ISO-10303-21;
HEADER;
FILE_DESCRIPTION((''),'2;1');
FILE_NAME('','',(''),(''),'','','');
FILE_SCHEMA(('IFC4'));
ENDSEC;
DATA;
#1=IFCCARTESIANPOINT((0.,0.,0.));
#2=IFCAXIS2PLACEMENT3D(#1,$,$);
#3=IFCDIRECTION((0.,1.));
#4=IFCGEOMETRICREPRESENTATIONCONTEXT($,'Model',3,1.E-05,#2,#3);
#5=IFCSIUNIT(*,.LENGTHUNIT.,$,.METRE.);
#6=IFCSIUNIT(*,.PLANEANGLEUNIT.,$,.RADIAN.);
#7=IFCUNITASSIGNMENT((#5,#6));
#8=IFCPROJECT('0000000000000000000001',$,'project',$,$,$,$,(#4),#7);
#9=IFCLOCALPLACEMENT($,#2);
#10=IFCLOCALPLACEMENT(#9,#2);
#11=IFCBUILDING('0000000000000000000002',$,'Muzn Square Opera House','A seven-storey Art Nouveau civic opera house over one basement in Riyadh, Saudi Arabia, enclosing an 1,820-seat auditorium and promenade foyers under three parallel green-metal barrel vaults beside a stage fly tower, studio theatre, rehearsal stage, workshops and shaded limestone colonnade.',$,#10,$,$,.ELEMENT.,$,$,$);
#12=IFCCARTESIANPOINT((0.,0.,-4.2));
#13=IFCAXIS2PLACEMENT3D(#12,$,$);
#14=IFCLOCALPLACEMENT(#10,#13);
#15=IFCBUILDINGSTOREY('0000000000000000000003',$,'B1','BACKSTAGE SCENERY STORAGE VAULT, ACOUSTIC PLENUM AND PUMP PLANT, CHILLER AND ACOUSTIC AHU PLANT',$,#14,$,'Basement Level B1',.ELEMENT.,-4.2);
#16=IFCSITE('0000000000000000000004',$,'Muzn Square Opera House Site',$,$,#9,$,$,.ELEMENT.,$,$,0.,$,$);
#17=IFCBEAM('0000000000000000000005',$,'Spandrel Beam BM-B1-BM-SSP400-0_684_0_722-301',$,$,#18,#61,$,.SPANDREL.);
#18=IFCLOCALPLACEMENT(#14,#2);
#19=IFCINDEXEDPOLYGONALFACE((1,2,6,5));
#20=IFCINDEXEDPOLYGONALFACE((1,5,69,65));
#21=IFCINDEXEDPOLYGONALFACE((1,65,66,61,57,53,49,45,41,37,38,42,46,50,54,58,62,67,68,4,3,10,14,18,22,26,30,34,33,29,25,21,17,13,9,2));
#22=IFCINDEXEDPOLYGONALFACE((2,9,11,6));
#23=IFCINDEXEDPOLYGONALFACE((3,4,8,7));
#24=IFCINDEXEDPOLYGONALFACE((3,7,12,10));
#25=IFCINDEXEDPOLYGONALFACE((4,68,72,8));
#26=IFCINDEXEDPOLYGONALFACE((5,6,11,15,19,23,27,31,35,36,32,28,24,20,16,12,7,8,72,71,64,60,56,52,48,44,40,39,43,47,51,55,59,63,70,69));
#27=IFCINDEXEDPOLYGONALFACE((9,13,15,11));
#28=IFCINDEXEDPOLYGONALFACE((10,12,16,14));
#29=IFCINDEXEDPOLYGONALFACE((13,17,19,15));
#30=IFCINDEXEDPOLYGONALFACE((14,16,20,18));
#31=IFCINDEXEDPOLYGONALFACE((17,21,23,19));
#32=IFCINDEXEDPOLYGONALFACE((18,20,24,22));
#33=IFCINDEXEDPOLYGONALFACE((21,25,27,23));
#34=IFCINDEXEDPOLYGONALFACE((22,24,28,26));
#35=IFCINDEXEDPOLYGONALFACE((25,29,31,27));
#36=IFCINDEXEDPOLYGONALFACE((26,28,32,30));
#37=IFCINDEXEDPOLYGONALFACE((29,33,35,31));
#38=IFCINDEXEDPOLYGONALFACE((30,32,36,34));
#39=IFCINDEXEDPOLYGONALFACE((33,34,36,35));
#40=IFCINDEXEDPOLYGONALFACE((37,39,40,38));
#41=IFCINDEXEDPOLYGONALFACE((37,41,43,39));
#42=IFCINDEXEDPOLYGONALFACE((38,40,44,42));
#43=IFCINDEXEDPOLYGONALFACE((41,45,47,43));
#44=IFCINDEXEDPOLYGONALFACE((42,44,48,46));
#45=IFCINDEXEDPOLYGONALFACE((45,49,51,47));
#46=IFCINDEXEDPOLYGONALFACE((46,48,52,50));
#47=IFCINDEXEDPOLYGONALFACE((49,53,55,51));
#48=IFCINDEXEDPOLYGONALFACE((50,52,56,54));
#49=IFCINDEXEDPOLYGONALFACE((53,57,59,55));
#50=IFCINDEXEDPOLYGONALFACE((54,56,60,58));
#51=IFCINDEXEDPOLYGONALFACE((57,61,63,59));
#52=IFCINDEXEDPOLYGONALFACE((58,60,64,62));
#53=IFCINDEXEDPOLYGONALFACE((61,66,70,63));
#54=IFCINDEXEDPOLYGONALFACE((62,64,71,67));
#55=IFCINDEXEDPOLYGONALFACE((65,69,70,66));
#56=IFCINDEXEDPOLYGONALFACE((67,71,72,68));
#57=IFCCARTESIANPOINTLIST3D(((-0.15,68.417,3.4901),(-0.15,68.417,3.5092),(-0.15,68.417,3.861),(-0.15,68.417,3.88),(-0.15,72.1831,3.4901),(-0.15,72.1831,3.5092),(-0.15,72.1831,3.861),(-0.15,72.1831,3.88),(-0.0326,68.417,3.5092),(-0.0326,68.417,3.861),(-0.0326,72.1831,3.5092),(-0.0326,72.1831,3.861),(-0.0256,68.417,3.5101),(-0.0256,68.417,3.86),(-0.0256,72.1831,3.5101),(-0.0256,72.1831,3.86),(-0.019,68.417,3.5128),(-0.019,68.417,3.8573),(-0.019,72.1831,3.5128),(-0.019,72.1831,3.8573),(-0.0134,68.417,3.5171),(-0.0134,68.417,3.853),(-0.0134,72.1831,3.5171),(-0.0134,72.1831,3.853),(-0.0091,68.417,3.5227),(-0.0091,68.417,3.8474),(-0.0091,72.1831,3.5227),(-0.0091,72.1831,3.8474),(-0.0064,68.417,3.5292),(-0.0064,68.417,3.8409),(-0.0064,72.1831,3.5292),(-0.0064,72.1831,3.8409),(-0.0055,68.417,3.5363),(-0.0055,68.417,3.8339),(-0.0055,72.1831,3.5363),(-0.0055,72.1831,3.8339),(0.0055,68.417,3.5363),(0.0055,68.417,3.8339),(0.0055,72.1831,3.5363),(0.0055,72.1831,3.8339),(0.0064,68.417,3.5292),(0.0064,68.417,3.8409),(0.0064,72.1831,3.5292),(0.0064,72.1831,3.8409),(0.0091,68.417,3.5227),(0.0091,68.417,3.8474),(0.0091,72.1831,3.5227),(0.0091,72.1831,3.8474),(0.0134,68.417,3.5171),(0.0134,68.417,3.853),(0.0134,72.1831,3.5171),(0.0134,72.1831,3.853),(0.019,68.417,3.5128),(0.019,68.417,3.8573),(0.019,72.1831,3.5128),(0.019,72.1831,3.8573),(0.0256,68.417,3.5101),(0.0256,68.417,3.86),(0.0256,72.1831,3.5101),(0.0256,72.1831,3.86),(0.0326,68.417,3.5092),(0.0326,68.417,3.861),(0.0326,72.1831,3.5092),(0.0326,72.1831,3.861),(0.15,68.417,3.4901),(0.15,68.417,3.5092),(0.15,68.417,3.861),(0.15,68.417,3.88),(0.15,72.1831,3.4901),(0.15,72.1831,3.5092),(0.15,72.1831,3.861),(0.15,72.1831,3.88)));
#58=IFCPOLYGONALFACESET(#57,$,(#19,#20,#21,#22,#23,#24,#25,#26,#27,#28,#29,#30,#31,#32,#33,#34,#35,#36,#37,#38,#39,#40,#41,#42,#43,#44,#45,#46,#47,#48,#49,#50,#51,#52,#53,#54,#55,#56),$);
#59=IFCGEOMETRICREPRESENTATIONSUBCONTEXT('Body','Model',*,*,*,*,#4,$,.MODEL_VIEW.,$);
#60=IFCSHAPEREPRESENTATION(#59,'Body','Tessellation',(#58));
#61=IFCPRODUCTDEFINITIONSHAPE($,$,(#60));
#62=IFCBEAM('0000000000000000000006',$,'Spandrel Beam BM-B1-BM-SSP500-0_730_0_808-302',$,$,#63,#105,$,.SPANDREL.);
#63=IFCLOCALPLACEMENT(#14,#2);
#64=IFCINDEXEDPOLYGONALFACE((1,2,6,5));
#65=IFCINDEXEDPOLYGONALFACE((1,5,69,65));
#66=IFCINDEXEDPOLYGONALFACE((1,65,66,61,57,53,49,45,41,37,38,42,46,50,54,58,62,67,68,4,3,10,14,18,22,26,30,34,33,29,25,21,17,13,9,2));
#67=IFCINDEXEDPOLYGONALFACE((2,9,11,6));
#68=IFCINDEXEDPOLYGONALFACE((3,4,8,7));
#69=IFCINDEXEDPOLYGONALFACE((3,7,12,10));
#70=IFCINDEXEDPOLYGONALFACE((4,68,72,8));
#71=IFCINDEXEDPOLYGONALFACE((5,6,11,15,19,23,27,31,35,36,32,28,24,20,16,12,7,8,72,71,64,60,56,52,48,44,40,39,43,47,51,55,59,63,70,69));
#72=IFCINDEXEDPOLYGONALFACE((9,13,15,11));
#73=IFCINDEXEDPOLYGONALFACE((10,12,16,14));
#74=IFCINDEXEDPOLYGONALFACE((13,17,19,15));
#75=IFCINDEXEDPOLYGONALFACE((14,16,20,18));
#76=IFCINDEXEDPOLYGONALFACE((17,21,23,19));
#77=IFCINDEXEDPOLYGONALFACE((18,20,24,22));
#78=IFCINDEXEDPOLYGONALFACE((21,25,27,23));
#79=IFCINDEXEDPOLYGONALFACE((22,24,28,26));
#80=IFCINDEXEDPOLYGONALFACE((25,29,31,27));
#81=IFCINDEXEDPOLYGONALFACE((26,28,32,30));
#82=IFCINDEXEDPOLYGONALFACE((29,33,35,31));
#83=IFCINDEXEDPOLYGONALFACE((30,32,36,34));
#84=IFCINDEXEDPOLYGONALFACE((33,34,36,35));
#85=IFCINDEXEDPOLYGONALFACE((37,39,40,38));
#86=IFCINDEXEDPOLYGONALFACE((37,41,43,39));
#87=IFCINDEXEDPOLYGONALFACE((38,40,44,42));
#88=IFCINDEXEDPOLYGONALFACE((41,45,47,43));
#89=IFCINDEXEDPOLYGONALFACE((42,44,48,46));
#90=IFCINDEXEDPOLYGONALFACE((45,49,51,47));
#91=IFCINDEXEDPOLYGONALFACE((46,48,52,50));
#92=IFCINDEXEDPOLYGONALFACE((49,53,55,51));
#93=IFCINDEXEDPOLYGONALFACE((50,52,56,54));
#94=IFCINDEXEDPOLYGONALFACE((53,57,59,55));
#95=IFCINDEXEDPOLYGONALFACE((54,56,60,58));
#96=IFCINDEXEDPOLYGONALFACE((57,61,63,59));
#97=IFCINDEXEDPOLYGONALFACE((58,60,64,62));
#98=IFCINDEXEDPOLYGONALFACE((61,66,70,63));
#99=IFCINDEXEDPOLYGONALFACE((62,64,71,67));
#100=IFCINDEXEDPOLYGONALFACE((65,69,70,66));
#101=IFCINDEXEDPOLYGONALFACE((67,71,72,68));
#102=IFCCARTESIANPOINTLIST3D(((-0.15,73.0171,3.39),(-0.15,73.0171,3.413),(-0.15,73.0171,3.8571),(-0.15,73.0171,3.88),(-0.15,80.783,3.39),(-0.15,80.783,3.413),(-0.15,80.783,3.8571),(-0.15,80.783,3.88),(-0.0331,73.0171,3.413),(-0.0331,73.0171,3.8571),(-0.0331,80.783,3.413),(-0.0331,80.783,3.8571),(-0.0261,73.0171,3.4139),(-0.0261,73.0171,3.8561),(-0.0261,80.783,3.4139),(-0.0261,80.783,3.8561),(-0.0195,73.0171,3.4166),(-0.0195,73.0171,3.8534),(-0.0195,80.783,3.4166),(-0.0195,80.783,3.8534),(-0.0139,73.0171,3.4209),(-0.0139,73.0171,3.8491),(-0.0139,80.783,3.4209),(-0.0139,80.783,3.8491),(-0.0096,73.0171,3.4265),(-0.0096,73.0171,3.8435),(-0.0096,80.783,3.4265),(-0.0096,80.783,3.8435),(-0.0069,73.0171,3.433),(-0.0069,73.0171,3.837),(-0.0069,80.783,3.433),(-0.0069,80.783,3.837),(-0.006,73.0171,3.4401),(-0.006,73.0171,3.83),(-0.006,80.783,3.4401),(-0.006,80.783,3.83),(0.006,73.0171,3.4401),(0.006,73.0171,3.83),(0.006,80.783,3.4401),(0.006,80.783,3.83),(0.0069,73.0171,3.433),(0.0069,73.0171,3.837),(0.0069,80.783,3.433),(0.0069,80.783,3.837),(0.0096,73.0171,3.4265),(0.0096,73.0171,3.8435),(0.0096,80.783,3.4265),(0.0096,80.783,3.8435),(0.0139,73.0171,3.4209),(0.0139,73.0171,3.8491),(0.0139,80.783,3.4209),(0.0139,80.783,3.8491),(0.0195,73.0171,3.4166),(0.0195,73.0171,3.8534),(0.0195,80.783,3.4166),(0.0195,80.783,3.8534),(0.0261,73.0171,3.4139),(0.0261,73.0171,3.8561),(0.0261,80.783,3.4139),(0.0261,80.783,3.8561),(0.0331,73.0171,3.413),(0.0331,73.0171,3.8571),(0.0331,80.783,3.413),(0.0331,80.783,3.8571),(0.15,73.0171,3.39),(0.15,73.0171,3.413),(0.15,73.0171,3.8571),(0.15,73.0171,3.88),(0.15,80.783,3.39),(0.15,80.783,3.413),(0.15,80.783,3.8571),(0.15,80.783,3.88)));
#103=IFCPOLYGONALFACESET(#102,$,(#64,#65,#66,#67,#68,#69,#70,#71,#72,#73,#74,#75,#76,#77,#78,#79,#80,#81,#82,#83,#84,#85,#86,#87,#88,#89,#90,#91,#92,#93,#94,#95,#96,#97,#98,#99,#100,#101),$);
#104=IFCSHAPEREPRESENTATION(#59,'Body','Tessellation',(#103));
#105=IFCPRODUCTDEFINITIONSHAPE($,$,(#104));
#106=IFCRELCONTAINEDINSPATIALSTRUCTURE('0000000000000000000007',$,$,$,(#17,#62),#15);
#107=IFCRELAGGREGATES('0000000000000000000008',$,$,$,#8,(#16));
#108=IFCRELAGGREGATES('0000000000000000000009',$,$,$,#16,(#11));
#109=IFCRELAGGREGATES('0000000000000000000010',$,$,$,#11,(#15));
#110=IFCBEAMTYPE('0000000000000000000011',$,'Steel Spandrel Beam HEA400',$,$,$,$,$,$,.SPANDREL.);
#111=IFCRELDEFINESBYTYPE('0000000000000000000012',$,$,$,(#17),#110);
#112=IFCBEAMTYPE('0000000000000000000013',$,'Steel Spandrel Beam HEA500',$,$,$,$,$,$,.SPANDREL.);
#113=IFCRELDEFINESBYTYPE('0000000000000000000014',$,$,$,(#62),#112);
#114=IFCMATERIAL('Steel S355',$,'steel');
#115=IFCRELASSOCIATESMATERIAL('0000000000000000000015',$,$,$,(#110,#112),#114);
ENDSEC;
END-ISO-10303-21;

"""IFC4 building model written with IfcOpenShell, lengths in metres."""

from ifc_helpers import new_model, si_unit, direction, frame, origin, origin_2d, place, context, subcontext, project, spatial, i_section, extrude, material, material_profile, profile_set, type_object, element, save


model = new_model("IFC4")

# Units and contexts
model_context = context("Model", 3, precision=1e-05, world=origin(), true_north=direction((0.0, 1.0)))
body_context = subcontext(model_context, "Body", "Model", "MODEL_VIEW")
ifc_project = project(units=[si_unit("LENGTHUNIT", "METRE"), si_unit("PLANEANGLEUNIT", "RADIAN")], contexts=[model_context])

# Site, building, storey
site_placement = place(None, origin())
site = spatial("IfcSite", under=ifc_project, at=site_placement, Name="Muzn Square Opera House Site", CompositionType="ELEMENT", RefElevation=0.0)
building_placement = place(site_placement, origin())
building = spatial("IfcBuilding", under=site, at=building_placement, Name="Muzn Square Opera House", Description="A seven-storey Art Nouveau civic opera house over one basement in Riyadh, Saudi Arabia, enclosing an 1,820-seat auditorium and promenade foyers under three parallel green-metal barrel vaults beside a stage fly tower, studio theatre, rehearsal stage, workshops and shaded limestone colonnade.", CompositionType="ELEMENT")
storey_placement = place(building_placement, frame((0.0, 0.0, -4.2)))
storey = spatial("IfcBuildingStorey", under=building, at=storey_placement, Name="B1", Description="BACKSTAGE SCENERY STORAGE VAULT, ACOUSTIC PLENUM AND PUMP PLANT, CHILLER AND ACOUSTIC AHU PLANT", LongName="Basement Level B1", CompositionType="ELEMENT", Elevation=-4.2)

# Beams
ifc_material_1 = material(Name="Steel S355", Category="steel")
ifc_material_profile_1 = material_profile(ifc_material_1, i_section(OverallWidth=0.3, OverallDepth=0.3899, WebThickness=0.011, FlangeThickness=0.019, FilletRadius=0.0271, at=origin_2d()), Name="HEA 400", Category="steel")
ifc_profile_set_1 = profile_set([ifc_material_profile_1], Name="Steel S355")
beam_type_1 = type_object("IfcBeamType", Name="Steel Spandrel Beam HEA400", PredefinedType="SPANDREL", material=ifc_profile_set_1)
beam_1_placement = place(storey_placement, frame((0.0, 68.417, 3.6851), z_axis=(0.0, 1.0, 0.0), x_axis=(-1.0, 0.0, 0.0)))
element("IfcBeam", 1, at=beam_1_placement, inside=storey, type_object=beam_type_1, Name="Spandrel Beam BM-B1-BM-SSP400-0_684_0_722-301", PredefinedType="SPANDREL", context=body_context, shape_type="SweptSolid", body=[
    extrude(i_section(OverallWidth=0.3, OverallDepth=0.3899, WebThickness=0.011, FlangeThickness=0.019, FilletRadius=0.0271, at=origin_2d()), origin(), (0.0, 0.0, 1.0), 3.7661),
])
ifc_material_profile_2 = material_profile(ifc_material_1, i_section(OverallWidth=0.3, OverallDepth=0.49, WebThickness=0.012, FlangeThickness=0.0229, FilletRadius=0.0271, at=origin_2d()), Name="HEA 500", Category="steel")
ifc_profile_set_2 = profile_set([ifc_material_profile_2], Name="Steel S355")
beam_type_2 = type_object("IfcBeamType", Name="Steel Spandrel Beam HEA500", PredefinedType="SPANDREL", material=ifc_profile_set_2)
beam_2_placement = place(storey_placement, frame((0.0, 73.0171, 3.635), z_axis=(0.0, 1.0, 0.0), x_axis=(-1.0, 0.0, 0.0)))
element("IfcBeam", 2, at=beam_2_placement, inside=storey, type_object=beam_type_2, Name="Spandrel Beam BM-B1-BM-SSP500-0_730_0_808-302", PredefinedType="SPANDREL", context=body_context, shape_type="SweptSolid", body=[
    extrude(i_section(OverallWidth=0.3, OverallDepth=0.49, WebThickness=0.012, FlangeThickness=0.0229, FilletRadius=0.0271, at=origin_2d()), origin(), (0.0, 0.0, 1.0), 7.7659),
])

save(model, "model.ifc")
